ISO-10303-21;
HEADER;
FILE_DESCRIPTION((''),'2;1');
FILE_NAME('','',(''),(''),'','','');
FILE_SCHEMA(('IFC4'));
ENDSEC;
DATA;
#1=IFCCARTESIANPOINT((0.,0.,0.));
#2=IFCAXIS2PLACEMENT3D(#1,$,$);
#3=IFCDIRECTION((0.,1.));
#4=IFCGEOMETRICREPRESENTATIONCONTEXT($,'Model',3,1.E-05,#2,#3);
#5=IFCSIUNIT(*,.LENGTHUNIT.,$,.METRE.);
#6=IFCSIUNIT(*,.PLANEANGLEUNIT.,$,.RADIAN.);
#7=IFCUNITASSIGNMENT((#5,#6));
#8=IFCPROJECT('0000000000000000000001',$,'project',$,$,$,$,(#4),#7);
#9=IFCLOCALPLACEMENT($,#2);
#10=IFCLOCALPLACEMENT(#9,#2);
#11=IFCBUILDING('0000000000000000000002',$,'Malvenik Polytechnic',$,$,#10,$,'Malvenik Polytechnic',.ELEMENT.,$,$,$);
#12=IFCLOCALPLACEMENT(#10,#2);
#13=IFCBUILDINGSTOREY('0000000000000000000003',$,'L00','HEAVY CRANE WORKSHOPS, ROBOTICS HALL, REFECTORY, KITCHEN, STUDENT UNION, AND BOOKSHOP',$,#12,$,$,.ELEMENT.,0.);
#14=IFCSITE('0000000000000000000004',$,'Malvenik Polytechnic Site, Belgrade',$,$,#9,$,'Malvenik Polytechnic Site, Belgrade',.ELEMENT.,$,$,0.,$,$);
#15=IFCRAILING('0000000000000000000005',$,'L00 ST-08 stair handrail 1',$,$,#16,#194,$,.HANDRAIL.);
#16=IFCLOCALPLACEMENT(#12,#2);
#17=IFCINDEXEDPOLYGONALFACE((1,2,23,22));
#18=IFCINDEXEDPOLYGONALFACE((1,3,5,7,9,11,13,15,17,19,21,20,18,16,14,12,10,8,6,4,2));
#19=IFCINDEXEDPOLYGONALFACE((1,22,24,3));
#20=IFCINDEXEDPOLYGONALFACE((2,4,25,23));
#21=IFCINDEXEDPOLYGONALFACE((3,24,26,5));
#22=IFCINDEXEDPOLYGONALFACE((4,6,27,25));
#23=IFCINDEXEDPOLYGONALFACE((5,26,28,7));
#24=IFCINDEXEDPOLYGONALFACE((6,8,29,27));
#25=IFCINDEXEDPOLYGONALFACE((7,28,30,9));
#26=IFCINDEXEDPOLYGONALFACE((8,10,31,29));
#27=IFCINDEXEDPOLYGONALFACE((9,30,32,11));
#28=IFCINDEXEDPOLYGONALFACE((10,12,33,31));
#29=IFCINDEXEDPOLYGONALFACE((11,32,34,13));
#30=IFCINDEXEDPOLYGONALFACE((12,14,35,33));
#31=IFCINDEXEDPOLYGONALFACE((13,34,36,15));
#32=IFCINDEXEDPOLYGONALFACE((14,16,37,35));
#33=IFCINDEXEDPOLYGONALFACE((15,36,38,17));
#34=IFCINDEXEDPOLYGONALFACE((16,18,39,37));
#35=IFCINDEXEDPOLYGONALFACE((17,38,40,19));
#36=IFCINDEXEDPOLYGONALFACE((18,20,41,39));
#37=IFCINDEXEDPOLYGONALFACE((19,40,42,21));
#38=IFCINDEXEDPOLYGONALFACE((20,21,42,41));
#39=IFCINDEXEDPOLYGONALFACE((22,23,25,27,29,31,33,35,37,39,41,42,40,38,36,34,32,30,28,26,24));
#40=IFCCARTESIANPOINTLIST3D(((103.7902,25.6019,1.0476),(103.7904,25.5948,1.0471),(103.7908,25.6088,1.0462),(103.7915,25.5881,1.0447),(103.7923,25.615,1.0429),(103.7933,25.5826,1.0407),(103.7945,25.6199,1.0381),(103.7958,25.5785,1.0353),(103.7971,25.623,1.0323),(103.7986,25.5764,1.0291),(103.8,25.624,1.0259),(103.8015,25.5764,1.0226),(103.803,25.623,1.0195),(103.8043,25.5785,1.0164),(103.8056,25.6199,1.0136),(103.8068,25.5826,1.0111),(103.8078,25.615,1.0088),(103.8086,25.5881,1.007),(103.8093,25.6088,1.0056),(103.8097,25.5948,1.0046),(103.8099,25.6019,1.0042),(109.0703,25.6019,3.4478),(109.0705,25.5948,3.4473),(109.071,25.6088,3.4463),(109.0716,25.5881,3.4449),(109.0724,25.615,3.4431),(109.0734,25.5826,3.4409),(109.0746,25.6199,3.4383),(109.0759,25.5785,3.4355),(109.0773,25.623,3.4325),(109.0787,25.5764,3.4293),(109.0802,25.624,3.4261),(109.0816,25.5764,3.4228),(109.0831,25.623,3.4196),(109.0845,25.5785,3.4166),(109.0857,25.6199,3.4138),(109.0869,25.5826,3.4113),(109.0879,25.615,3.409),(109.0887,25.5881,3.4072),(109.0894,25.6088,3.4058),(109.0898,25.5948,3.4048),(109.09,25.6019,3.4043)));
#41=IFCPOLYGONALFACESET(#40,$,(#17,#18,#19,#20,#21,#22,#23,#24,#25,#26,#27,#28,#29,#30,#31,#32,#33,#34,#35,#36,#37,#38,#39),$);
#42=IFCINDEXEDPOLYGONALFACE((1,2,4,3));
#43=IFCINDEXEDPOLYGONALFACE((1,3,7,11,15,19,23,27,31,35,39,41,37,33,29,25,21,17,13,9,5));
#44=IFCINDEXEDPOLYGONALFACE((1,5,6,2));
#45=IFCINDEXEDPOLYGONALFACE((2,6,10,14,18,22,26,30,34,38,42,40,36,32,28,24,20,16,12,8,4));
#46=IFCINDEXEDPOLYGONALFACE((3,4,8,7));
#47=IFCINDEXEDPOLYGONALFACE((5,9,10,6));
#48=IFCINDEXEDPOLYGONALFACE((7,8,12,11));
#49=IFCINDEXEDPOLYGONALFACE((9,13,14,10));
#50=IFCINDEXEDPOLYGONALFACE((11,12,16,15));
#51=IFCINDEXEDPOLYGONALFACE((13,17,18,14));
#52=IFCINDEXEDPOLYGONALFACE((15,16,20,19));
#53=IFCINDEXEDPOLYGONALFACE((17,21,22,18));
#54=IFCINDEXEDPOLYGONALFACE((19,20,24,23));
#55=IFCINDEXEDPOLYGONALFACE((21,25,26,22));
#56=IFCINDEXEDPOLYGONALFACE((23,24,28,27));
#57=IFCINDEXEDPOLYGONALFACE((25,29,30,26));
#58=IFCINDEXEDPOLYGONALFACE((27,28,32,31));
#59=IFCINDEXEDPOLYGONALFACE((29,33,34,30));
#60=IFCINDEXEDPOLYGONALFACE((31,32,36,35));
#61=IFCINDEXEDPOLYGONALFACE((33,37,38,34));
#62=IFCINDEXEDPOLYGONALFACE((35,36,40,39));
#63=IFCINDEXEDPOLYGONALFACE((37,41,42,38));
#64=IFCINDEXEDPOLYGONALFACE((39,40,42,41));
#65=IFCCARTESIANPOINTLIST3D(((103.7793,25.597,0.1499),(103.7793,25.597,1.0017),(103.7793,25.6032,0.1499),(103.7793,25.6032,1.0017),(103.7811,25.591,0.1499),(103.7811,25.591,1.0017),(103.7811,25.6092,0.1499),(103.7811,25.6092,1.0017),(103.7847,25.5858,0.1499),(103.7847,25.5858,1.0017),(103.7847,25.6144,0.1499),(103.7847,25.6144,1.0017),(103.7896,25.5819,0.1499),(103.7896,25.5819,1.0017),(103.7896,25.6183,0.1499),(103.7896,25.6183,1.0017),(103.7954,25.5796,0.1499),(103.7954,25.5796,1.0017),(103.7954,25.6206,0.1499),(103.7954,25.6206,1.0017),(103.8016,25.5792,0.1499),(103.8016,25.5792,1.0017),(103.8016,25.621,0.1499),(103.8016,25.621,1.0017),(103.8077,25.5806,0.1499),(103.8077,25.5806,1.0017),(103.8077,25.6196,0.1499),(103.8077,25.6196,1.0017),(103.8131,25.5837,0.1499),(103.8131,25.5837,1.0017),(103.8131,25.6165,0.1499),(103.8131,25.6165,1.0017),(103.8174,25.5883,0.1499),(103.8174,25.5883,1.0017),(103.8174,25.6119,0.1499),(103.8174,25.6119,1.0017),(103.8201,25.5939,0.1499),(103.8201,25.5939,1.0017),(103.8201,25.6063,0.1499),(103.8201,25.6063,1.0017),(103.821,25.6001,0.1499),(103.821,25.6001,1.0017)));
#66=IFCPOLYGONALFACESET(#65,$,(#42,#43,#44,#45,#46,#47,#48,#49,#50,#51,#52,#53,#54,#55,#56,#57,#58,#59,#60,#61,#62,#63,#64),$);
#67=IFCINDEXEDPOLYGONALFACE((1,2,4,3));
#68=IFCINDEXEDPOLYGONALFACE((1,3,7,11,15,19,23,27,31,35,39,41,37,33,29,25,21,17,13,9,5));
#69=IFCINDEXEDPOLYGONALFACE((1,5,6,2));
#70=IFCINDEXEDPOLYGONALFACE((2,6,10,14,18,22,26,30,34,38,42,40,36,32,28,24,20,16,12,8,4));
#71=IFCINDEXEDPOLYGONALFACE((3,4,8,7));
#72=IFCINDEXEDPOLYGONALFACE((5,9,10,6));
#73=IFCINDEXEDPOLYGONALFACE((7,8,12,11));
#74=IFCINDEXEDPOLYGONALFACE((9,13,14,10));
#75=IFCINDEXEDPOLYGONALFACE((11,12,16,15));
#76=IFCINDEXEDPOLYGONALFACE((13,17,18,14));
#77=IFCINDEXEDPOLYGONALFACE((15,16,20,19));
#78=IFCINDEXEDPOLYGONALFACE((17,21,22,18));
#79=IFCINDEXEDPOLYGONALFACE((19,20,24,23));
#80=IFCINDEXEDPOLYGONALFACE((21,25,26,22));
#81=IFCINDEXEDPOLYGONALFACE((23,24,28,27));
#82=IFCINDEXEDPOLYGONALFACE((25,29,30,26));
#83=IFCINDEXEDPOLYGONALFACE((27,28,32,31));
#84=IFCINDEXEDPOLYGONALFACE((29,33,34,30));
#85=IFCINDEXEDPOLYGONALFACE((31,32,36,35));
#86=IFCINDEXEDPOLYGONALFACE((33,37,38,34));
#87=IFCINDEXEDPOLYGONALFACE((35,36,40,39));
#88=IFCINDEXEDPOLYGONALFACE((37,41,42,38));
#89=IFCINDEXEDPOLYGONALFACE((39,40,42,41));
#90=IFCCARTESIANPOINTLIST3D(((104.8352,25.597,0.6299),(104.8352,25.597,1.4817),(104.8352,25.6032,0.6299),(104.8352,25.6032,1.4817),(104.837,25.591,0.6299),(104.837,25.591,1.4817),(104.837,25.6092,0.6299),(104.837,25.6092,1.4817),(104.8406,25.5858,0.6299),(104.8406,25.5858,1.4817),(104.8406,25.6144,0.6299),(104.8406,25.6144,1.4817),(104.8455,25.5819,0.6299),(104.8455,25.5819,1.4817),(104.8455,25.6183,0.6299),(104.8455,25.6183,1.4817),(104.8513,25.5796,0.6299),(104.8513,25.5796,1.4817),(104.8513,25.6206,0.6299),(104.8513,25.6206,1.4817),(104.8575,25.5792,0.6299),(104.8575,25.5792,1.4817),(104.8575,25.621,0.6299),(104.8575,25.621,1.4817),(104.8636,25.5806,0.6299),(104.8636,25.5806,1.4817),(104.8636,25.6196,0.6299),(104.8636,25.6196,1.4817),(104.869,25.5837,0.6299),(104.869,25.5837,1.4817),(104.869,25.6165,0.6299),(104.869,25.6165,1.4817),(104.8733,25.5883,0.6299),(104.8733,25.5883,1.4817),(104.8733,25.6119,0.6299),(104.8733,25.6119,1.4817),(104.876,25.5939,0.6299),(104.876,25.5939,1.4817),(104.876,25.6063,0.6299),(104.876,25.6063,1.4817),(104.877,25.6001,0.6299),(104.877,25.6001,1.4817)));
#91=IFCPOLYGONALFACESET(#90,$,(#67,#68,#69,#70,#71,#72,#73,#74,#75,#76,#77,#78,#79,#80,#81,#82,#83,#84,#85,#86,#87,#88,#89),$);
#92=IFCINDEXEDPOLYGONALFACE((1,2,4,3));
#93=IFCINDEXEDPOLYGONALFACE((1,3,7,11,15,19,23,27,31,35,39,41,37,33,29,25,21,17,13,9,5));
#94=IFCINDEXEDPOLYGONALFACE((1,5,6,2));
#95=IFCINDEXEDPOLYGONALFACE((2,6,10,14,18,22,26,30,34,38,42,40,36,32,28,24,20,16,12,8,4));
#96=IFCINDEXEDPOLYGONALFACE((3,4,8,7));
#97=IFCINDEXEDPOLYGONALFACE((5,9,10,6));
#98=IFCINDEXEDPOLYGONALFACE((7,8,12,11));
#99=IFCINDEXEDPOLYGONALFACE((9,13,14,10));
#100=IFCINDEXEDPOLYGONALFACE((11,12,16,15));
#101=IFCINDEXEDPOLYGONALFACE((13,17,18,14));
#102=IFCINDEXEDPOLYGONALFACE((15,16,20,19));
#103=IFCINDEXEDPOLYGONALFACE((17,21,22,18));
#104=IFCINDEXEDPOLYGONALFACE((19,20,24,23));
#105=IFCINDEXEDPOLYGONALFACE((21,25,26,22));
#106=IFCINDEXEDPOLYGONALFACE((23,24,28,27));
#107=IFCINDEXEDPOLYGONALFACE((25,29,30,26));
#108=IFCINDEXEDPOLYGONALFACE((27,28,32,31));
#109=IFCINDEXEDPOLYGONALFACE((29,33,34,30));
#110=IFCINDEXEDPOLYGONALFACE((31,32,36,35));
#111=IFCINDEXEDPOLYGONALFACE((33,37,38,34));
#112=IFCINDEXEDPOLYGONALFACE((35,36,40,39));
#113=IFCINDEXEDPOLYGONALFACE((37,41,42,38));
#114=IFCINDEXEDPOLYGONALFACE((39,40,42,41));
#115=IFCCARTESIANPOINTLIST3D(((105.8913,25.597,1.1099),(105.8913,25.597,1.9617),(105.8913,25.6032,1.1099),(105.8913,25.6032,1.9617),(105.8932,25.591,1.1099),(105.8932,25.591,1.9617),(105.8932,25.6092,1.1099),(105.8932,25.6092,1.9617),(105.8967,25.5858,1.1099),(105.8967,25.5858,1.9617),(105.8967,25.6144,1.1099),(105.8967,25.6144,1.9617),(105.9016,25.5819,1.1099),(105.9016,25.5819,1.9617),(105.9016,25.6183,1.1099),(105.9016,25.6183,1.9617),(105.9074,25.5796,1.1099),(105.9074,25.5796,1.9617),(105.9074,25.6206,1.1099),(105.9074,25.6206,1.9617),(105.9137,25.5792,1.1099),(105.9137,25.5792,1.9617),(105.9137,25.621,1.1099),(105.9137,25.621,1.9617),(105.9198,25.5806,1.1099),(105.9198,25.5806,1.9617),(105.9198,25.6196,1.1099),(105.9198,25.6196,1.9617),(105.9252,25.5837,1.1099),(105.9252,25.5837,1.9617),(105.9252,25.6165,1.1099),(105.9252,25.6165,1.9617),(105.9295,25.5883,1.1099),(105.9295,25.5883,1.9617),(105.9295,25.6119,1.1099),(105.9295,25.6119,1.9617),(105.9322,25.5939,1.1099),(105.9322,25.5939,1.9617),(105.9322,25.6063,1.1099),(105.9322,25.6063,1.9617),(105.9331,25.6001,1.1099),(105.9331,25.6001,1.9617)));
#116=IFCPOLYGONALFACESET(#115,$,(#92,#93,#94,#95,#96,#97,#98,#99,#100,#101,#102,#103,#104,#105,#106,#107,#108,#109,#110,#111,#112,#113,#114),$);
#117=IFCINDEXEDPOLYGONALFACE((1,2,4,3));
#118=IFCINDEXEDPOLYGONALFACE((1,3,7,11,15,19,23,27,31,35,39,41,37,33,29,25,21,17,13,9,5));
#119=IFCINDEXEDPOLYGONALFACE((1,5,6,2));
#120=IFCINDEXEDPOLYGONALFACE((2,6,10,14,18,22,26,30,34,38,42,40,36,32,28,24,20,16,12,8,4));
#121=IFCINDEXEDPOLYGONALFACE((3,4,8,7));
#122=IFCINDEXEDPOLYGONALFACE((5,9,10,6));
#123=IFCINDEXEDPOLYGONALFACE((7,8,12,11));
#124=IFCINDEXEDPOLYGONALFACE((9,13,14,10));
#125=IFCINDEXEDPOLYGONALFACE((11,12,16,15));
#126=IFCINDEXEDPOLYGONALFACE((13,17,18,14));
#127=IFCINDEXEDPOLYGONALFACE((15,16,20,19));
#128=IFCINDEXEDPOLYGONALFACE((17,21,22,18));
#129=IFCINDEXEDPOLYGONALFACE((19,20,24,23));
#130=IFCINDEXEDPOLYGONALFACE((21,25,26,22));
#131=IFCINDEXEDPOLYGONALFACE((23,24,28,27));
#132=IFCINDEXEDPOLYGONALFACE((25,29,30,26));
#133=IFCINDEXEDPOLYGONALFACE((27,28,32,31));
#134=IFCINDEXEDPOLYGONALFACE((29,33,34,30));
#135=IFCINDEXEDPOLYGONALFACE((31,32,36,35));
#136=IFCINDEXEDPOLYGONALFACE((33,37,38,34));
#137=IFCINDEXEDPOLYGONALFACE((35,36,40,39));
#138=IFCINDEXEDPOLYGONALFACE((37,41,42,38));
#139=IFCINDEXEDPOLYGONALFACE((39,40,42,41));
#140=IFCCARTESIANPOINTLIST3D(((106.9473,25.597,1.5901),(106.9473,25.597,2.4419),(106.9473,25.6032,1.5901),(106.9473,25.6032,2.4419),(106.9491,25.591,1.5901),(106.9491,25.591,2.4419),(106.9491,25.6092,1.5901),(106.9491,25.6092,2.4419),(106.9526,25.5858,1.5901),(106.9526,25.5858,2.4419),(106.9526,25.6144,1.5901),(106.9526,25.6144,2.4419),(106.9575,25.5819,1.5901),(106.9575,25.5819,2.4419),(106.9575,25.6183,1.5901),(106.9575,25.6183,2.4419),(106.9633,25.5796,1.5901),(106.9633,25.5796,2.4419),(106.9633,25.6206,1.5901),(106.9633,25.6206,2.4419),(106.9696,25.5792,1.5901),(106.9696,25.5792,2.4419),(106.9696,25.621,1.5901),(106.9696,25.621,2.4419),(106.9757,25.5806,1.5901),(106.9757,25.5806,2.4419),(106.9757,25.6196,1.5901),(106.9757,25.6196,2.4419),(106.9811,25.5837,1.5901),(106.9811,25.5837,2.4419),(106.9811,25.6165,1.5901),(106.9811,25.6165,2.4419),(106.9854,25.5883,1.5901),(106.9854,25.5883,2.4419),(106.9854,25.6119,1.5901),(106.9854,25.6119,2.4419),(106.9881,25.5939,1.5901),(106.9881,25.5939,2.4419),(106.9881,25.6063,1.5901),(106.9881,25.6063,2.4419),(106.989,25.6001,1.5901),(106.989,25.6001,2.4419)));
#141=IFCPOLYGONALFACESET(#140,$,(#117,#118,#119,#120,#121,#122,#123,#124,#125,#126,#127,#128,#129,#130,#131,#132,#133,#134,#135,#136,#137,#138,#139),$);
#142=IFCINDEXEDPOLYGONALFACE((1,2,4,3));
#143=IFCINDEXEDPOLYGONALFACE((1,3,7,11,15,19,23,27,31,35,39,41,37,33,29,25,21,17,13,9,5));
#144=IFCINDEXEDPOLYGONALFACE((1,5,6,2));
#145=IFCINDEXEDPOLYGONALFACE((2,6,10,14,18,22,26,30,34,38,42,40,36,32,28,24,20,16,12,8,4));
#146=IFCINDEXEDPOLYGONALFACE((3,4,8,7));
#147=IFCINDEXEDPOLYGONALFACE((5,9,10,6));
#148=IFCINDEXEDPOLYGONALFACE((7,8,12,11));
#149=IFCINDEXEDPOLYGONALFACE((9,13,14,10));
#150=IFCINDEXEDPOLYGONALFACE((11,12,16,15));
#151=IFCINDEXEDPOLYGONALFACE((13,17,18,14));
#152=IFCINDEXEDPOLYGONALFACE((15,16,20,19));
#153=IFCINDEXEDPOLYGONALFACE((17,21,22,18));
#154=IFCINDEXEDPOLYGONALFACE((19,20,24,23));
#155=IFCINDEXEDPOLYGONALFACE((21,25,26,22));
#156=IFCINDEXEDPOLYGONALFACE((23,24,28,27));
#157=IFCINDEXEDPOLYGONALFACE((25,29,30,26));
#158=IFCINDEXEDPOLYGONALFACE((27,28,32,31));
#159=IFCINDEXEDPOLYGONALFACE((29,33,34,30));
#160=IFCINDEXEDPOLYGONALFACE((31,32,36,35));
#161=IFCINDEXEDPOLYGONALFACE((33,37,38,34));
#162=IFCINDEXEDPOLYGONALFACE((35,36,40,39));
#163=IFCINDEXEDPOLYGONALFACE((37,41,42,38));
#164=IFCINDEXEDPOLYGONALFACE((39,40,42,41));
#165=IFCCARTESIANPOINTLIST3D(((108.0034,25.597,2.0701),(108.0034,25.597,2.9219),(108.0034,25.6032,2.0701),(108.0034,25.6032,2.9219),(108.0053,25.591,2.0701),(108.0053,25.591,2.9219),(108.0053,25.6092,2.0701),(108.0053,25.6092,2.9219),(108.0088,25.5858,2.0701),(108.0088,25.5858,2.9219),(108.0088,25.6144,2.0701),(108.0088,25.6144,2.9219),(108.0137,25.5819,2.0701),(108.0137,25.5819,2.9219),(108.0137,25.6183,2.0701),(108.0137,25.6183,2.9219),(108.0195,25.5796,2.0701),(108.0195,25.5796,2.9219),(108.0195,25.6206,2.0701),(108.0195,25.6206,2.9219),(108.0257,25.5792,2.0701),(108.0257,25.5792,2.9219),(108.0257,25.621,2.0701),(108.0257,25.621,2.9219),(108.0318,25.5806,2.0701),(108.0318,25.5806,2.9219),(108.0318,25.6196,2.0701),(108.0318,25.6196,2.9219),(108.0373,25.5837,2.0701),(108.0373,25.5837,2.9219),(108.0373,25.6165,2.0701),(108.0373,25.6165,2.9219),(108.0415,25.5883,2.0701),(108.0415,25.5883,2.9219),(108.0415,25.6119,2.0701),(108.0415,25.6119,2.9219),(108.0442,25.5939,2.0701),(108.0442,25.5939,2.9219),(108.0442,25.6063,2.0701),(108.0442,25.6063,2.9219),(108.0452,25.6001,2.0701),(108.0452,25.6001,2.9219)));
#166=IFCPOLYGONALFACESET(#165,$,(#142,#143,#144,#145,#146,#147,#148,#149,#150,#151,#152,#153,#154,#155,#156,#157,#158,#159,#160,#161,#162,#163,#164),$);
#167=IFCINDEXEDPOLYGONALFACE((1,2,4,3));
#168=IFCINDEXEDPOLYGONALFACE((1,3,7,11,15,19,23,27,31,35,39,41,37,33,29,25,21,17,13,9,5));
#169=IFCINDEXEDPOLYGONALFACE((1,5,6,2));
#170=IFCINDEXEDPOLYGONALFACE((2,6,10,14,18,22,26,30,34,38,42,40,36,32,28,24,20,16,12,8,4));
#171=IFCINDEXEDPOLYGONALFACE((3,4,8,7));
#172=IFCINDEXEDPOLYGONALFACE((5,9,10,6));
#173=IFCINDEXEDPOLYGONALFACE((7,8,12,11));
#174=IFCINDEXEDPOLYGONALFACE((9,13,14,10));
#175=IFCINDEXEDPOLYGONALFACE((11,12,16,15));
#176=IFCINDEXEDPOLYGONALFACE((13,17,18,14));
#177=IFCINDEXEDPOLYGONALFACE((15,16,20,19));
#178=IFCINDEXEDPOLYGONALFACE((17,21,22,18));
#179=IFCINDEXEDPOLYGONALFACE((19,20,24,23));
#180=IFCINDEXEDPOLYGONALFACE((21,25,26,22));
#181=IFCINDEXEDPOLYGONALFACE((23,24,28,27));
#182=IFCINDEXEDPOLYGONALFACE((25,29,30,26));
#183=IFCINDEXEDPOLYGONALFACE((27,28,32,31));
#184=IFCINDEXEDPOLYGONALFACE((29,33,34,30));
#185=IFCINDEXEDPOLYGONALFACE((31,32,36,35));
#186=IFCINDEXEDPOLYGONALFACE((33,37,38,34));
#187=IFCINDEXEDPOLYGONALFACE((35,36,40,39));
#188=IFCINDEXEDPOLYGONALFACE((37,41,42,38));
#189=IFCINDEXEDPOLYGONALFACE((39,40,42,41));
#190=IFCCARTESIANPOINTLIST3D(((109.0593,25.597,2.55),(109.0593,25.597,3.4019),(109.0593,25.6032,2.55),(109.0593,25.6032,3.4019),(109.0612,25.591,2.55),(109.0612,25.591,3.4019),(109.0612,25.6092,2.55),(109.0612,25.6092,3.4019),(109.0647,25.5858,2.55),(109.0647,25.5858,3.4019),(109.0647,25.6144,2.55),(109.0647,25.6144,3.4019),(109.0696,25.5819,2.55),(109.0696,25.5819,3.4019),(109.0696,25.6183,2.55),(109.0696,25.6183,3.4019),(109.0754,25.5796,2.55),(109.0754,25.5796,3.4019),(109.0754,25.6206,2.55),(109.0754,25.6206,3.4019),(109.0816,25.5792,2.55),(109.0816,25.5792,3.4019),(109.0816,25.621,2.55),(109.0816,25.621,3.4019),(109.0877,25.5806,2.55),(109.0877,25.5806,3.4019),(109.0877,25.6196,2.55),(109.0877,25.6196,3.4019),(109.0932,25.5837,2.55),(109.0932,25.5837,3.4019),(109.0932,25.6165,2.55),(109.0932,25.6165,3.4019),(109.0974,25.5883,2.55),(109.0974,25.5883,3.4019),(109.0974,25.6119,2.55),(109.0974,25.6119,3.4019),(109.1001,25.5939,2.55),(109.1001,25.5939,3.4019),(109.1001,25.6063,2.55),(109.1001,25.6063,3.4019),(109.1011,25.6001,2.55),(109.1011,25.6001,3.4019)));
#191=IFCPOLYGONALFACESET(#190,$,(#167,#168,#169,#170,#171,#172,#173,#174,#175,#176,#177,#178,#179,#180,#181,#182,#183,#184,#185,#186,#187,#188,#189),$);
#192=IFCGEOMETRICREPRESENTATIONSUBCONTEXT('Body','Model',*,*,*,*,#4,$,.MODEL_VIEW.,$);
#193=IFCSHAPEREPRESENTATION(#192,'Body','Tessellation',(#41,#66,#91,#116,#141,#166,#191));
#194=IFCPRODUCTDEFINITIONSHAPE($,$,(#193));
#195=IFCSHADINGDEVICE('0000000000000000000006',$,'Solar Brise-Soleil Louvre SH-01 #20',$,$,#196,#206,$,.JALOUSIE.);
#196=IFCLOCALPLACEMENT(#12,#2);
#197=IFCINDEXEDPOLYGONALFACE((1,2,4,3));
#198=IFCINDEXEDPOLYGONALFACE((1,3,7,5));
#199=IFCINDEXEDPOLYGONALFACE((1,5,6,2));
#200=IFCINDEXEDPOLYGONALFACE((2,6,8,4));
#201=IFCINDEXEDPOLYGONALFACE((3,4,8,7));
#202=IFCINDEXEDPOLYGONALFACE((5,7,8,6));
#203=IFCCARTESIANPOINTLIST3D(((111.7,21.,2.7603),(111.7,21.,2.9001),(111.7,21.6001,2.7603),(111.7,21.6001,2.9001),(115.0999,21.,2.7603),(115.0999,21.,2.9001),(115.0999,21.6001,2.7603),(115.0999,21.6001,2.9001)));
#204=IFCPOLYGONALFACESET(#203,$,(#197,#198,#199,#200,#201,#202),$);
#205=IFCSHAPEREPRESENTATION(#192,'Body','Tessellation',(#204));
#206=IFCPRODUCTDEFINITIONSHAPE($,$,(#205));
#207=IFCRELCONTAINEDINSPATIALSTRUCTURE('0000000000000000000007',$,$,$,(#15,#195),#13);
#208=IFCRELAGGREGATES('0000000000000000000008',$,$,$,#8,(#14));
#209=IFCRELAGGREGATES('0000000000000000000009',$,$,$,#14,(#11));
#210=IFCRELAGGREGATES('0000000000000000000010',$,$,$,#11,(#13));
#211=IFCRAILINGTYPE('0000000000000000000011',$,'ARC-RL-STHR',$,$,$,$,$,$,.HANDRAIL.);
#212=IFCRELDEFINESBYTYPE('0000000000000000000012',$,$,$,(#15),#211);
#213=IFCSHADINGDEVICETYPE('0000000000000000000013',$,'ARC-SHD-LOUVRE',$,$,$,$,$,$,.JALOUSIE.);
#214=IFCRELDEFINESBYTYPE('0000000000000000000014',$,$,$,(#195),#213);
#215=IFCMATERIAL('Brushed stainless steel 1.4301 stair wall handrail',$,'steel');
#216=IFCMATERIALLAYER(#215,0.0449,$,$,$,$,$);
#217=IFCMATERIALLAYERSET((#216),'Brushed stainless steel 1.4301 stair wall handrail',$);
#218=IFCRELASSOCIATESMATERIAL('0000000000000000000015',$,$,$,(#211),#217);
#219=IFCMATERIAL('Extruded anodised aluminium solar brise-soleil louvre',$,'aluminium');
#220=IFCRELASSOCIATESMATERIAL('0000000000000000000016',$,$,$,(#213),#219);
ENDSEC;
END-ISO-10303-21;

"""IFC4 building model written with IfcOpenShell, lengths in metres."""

from ifc_helpers import new_model, si_unit, direction, frame, origin, origin_2d, place, context, subcontext, project, spatial, rectangle, circle, extrude, material, layer, layer_set, type_object, element, save


model = new_model("IFC4")

# Units and contexts
model_context = context("Model", 3, precision=1e-05, world=origin(), true_north=direction((0.0, 1.0)))
body_context = subcontext(model_context, "Body", "Model", "MODEL_VIEW")
ifc_project = project(units=[si_unit("LENGTHUNIT", "METRE"), si_unit("PLANEANGLEUNIT", "RADIAN")], contexts=[model_context])

# Site, building, storey
site_placement = place(None, origin())
site = spatial("IfcSite", under=ifc_project, at=site_placement, Name="Malvenik Polytechnic Site, Belgrade", LongName="Malvenik Polytechnic Site, Belgrade", CompositionType="ELEMENT", RefElevation=0.0)
building_placement = place(site_placement, origin())
building = spatial("IfcBuilding", under=site, at=building_placement, Name="Malvenik Polytechnic", LongName="Malvenik Polytechnic", CompositionType="ELEMENT")
storey_placement = place(building_placement, origin())
storey = spatial("IfcBuildingStorey", under=building, at=storey_placement, Name="L00", Description="HEAVY CRANE WORKSHOPS, ROBOTICS HALL, REFECTORY, KITCHEN, STUDENT UNION, AND BOOKSHOP", CompositionType="ELEMENT", Elevation=0.0)

# Railing
ifc_material_1 = material(Name="Brushed stainless steel 1.4301 stair wall handrail", Category="steel")
ifc_layer_1 = layer(ifc_material_1, 0.0449)
ifc_layer_set_1 = layer_set([ifc_layer_1], Name="Brushed stainless steel 1.4301 stair wall handrail")
railing_type_1 = type_object("IfcRailingType", Name="ARC-RL-STHR", PredefinedType="HANDRAIL", material=ifc_layer_set_1)
railing_1_placement = place(storey_placement, frame((103.8, 25.6001, 0.1499)))
element("IfcRailing", 1, at=railing_1_placement, inside=storey, type_object=railing_type_1, Name="L00 ST-08 stair handrail 1", PredefinedType="HANDRAIL", context=body_context, shape_type="SweptSolid", body=[
    extrude(circle(Radius=0.0239, at=origin_2d()), frame((0.0, 0.0, 0.876), z_axis=(0.910358, 0.0, 0.413822), x_axis=(0.0, 1.0, 0.0)), (0.0, 0.0, 1.0), 5.8),
    extrude(circle(Radius=0.021, at=origin_2d()), origin(), (0.0, 0.0, 1.0), 0.8518),
    extrude(circle(Radius=0.021, at=origin_2d()), frame((1.0559, 0.0, 0.48)), (0.0, 0.0, 1.0), 0.8518),
    extrude(circle(Radius=0.021, at=origin_2d()), frame((2.1121, 0.0, 0.96)), (0.0, 0.0, 1.0), 0.8518),
    extrude(circle(Radius=0.021, at=origin_2d()), frame((3.168, 0.0, 1.4402)), (0.0, 0.0, 1.0), 0.8518),
    extrude(circle(Radius=0.021, at=origin_2d()), frame((4.2241, 0.0, 1.9202)), (0.0, 0.0, 1.0), 0.8518),
    extrude(circle(Radius=0.021, at=origin_2d()), frame((5.28, 0.0, 2.4001)), (0.0, 0.0, 1.0), 0.8518),
])

# Shading device
ifc_material_2 = material(Name="Extruded anodised aluminium solar brise-soleil louvre", Category="aluminium")
shading_device_type = type_object("IfcShadingDeviceType", Name="ARC-SHD-LOUVRE", PredefinedType="JALOUSIE", material=ifc_material_2)
shading_device_1_placement = place(storey_placement, frame((113.3999, 21.3, 2.7603), z_axis=(0.0, 0.0, 1.0), x_axis=(1.0, 0.0, 0.0)))
element("IfcShadingDevice", 2, at=shading_device_1_placement, inside=storey, type_object=shading_device_type, Name="Solar Brise-Soleil Louvre SH-01 #20", PredefinedType="JALOUSIE", context=body_context, shape_type="SweptSolid", body=[
    extrude(rectangle(XDim=3.3999, YDim=0.6001, at=origin_2d()), origin(), (0.0, 0.0, 1.0), 0.1399),
])

save(model, "model.ifc")
